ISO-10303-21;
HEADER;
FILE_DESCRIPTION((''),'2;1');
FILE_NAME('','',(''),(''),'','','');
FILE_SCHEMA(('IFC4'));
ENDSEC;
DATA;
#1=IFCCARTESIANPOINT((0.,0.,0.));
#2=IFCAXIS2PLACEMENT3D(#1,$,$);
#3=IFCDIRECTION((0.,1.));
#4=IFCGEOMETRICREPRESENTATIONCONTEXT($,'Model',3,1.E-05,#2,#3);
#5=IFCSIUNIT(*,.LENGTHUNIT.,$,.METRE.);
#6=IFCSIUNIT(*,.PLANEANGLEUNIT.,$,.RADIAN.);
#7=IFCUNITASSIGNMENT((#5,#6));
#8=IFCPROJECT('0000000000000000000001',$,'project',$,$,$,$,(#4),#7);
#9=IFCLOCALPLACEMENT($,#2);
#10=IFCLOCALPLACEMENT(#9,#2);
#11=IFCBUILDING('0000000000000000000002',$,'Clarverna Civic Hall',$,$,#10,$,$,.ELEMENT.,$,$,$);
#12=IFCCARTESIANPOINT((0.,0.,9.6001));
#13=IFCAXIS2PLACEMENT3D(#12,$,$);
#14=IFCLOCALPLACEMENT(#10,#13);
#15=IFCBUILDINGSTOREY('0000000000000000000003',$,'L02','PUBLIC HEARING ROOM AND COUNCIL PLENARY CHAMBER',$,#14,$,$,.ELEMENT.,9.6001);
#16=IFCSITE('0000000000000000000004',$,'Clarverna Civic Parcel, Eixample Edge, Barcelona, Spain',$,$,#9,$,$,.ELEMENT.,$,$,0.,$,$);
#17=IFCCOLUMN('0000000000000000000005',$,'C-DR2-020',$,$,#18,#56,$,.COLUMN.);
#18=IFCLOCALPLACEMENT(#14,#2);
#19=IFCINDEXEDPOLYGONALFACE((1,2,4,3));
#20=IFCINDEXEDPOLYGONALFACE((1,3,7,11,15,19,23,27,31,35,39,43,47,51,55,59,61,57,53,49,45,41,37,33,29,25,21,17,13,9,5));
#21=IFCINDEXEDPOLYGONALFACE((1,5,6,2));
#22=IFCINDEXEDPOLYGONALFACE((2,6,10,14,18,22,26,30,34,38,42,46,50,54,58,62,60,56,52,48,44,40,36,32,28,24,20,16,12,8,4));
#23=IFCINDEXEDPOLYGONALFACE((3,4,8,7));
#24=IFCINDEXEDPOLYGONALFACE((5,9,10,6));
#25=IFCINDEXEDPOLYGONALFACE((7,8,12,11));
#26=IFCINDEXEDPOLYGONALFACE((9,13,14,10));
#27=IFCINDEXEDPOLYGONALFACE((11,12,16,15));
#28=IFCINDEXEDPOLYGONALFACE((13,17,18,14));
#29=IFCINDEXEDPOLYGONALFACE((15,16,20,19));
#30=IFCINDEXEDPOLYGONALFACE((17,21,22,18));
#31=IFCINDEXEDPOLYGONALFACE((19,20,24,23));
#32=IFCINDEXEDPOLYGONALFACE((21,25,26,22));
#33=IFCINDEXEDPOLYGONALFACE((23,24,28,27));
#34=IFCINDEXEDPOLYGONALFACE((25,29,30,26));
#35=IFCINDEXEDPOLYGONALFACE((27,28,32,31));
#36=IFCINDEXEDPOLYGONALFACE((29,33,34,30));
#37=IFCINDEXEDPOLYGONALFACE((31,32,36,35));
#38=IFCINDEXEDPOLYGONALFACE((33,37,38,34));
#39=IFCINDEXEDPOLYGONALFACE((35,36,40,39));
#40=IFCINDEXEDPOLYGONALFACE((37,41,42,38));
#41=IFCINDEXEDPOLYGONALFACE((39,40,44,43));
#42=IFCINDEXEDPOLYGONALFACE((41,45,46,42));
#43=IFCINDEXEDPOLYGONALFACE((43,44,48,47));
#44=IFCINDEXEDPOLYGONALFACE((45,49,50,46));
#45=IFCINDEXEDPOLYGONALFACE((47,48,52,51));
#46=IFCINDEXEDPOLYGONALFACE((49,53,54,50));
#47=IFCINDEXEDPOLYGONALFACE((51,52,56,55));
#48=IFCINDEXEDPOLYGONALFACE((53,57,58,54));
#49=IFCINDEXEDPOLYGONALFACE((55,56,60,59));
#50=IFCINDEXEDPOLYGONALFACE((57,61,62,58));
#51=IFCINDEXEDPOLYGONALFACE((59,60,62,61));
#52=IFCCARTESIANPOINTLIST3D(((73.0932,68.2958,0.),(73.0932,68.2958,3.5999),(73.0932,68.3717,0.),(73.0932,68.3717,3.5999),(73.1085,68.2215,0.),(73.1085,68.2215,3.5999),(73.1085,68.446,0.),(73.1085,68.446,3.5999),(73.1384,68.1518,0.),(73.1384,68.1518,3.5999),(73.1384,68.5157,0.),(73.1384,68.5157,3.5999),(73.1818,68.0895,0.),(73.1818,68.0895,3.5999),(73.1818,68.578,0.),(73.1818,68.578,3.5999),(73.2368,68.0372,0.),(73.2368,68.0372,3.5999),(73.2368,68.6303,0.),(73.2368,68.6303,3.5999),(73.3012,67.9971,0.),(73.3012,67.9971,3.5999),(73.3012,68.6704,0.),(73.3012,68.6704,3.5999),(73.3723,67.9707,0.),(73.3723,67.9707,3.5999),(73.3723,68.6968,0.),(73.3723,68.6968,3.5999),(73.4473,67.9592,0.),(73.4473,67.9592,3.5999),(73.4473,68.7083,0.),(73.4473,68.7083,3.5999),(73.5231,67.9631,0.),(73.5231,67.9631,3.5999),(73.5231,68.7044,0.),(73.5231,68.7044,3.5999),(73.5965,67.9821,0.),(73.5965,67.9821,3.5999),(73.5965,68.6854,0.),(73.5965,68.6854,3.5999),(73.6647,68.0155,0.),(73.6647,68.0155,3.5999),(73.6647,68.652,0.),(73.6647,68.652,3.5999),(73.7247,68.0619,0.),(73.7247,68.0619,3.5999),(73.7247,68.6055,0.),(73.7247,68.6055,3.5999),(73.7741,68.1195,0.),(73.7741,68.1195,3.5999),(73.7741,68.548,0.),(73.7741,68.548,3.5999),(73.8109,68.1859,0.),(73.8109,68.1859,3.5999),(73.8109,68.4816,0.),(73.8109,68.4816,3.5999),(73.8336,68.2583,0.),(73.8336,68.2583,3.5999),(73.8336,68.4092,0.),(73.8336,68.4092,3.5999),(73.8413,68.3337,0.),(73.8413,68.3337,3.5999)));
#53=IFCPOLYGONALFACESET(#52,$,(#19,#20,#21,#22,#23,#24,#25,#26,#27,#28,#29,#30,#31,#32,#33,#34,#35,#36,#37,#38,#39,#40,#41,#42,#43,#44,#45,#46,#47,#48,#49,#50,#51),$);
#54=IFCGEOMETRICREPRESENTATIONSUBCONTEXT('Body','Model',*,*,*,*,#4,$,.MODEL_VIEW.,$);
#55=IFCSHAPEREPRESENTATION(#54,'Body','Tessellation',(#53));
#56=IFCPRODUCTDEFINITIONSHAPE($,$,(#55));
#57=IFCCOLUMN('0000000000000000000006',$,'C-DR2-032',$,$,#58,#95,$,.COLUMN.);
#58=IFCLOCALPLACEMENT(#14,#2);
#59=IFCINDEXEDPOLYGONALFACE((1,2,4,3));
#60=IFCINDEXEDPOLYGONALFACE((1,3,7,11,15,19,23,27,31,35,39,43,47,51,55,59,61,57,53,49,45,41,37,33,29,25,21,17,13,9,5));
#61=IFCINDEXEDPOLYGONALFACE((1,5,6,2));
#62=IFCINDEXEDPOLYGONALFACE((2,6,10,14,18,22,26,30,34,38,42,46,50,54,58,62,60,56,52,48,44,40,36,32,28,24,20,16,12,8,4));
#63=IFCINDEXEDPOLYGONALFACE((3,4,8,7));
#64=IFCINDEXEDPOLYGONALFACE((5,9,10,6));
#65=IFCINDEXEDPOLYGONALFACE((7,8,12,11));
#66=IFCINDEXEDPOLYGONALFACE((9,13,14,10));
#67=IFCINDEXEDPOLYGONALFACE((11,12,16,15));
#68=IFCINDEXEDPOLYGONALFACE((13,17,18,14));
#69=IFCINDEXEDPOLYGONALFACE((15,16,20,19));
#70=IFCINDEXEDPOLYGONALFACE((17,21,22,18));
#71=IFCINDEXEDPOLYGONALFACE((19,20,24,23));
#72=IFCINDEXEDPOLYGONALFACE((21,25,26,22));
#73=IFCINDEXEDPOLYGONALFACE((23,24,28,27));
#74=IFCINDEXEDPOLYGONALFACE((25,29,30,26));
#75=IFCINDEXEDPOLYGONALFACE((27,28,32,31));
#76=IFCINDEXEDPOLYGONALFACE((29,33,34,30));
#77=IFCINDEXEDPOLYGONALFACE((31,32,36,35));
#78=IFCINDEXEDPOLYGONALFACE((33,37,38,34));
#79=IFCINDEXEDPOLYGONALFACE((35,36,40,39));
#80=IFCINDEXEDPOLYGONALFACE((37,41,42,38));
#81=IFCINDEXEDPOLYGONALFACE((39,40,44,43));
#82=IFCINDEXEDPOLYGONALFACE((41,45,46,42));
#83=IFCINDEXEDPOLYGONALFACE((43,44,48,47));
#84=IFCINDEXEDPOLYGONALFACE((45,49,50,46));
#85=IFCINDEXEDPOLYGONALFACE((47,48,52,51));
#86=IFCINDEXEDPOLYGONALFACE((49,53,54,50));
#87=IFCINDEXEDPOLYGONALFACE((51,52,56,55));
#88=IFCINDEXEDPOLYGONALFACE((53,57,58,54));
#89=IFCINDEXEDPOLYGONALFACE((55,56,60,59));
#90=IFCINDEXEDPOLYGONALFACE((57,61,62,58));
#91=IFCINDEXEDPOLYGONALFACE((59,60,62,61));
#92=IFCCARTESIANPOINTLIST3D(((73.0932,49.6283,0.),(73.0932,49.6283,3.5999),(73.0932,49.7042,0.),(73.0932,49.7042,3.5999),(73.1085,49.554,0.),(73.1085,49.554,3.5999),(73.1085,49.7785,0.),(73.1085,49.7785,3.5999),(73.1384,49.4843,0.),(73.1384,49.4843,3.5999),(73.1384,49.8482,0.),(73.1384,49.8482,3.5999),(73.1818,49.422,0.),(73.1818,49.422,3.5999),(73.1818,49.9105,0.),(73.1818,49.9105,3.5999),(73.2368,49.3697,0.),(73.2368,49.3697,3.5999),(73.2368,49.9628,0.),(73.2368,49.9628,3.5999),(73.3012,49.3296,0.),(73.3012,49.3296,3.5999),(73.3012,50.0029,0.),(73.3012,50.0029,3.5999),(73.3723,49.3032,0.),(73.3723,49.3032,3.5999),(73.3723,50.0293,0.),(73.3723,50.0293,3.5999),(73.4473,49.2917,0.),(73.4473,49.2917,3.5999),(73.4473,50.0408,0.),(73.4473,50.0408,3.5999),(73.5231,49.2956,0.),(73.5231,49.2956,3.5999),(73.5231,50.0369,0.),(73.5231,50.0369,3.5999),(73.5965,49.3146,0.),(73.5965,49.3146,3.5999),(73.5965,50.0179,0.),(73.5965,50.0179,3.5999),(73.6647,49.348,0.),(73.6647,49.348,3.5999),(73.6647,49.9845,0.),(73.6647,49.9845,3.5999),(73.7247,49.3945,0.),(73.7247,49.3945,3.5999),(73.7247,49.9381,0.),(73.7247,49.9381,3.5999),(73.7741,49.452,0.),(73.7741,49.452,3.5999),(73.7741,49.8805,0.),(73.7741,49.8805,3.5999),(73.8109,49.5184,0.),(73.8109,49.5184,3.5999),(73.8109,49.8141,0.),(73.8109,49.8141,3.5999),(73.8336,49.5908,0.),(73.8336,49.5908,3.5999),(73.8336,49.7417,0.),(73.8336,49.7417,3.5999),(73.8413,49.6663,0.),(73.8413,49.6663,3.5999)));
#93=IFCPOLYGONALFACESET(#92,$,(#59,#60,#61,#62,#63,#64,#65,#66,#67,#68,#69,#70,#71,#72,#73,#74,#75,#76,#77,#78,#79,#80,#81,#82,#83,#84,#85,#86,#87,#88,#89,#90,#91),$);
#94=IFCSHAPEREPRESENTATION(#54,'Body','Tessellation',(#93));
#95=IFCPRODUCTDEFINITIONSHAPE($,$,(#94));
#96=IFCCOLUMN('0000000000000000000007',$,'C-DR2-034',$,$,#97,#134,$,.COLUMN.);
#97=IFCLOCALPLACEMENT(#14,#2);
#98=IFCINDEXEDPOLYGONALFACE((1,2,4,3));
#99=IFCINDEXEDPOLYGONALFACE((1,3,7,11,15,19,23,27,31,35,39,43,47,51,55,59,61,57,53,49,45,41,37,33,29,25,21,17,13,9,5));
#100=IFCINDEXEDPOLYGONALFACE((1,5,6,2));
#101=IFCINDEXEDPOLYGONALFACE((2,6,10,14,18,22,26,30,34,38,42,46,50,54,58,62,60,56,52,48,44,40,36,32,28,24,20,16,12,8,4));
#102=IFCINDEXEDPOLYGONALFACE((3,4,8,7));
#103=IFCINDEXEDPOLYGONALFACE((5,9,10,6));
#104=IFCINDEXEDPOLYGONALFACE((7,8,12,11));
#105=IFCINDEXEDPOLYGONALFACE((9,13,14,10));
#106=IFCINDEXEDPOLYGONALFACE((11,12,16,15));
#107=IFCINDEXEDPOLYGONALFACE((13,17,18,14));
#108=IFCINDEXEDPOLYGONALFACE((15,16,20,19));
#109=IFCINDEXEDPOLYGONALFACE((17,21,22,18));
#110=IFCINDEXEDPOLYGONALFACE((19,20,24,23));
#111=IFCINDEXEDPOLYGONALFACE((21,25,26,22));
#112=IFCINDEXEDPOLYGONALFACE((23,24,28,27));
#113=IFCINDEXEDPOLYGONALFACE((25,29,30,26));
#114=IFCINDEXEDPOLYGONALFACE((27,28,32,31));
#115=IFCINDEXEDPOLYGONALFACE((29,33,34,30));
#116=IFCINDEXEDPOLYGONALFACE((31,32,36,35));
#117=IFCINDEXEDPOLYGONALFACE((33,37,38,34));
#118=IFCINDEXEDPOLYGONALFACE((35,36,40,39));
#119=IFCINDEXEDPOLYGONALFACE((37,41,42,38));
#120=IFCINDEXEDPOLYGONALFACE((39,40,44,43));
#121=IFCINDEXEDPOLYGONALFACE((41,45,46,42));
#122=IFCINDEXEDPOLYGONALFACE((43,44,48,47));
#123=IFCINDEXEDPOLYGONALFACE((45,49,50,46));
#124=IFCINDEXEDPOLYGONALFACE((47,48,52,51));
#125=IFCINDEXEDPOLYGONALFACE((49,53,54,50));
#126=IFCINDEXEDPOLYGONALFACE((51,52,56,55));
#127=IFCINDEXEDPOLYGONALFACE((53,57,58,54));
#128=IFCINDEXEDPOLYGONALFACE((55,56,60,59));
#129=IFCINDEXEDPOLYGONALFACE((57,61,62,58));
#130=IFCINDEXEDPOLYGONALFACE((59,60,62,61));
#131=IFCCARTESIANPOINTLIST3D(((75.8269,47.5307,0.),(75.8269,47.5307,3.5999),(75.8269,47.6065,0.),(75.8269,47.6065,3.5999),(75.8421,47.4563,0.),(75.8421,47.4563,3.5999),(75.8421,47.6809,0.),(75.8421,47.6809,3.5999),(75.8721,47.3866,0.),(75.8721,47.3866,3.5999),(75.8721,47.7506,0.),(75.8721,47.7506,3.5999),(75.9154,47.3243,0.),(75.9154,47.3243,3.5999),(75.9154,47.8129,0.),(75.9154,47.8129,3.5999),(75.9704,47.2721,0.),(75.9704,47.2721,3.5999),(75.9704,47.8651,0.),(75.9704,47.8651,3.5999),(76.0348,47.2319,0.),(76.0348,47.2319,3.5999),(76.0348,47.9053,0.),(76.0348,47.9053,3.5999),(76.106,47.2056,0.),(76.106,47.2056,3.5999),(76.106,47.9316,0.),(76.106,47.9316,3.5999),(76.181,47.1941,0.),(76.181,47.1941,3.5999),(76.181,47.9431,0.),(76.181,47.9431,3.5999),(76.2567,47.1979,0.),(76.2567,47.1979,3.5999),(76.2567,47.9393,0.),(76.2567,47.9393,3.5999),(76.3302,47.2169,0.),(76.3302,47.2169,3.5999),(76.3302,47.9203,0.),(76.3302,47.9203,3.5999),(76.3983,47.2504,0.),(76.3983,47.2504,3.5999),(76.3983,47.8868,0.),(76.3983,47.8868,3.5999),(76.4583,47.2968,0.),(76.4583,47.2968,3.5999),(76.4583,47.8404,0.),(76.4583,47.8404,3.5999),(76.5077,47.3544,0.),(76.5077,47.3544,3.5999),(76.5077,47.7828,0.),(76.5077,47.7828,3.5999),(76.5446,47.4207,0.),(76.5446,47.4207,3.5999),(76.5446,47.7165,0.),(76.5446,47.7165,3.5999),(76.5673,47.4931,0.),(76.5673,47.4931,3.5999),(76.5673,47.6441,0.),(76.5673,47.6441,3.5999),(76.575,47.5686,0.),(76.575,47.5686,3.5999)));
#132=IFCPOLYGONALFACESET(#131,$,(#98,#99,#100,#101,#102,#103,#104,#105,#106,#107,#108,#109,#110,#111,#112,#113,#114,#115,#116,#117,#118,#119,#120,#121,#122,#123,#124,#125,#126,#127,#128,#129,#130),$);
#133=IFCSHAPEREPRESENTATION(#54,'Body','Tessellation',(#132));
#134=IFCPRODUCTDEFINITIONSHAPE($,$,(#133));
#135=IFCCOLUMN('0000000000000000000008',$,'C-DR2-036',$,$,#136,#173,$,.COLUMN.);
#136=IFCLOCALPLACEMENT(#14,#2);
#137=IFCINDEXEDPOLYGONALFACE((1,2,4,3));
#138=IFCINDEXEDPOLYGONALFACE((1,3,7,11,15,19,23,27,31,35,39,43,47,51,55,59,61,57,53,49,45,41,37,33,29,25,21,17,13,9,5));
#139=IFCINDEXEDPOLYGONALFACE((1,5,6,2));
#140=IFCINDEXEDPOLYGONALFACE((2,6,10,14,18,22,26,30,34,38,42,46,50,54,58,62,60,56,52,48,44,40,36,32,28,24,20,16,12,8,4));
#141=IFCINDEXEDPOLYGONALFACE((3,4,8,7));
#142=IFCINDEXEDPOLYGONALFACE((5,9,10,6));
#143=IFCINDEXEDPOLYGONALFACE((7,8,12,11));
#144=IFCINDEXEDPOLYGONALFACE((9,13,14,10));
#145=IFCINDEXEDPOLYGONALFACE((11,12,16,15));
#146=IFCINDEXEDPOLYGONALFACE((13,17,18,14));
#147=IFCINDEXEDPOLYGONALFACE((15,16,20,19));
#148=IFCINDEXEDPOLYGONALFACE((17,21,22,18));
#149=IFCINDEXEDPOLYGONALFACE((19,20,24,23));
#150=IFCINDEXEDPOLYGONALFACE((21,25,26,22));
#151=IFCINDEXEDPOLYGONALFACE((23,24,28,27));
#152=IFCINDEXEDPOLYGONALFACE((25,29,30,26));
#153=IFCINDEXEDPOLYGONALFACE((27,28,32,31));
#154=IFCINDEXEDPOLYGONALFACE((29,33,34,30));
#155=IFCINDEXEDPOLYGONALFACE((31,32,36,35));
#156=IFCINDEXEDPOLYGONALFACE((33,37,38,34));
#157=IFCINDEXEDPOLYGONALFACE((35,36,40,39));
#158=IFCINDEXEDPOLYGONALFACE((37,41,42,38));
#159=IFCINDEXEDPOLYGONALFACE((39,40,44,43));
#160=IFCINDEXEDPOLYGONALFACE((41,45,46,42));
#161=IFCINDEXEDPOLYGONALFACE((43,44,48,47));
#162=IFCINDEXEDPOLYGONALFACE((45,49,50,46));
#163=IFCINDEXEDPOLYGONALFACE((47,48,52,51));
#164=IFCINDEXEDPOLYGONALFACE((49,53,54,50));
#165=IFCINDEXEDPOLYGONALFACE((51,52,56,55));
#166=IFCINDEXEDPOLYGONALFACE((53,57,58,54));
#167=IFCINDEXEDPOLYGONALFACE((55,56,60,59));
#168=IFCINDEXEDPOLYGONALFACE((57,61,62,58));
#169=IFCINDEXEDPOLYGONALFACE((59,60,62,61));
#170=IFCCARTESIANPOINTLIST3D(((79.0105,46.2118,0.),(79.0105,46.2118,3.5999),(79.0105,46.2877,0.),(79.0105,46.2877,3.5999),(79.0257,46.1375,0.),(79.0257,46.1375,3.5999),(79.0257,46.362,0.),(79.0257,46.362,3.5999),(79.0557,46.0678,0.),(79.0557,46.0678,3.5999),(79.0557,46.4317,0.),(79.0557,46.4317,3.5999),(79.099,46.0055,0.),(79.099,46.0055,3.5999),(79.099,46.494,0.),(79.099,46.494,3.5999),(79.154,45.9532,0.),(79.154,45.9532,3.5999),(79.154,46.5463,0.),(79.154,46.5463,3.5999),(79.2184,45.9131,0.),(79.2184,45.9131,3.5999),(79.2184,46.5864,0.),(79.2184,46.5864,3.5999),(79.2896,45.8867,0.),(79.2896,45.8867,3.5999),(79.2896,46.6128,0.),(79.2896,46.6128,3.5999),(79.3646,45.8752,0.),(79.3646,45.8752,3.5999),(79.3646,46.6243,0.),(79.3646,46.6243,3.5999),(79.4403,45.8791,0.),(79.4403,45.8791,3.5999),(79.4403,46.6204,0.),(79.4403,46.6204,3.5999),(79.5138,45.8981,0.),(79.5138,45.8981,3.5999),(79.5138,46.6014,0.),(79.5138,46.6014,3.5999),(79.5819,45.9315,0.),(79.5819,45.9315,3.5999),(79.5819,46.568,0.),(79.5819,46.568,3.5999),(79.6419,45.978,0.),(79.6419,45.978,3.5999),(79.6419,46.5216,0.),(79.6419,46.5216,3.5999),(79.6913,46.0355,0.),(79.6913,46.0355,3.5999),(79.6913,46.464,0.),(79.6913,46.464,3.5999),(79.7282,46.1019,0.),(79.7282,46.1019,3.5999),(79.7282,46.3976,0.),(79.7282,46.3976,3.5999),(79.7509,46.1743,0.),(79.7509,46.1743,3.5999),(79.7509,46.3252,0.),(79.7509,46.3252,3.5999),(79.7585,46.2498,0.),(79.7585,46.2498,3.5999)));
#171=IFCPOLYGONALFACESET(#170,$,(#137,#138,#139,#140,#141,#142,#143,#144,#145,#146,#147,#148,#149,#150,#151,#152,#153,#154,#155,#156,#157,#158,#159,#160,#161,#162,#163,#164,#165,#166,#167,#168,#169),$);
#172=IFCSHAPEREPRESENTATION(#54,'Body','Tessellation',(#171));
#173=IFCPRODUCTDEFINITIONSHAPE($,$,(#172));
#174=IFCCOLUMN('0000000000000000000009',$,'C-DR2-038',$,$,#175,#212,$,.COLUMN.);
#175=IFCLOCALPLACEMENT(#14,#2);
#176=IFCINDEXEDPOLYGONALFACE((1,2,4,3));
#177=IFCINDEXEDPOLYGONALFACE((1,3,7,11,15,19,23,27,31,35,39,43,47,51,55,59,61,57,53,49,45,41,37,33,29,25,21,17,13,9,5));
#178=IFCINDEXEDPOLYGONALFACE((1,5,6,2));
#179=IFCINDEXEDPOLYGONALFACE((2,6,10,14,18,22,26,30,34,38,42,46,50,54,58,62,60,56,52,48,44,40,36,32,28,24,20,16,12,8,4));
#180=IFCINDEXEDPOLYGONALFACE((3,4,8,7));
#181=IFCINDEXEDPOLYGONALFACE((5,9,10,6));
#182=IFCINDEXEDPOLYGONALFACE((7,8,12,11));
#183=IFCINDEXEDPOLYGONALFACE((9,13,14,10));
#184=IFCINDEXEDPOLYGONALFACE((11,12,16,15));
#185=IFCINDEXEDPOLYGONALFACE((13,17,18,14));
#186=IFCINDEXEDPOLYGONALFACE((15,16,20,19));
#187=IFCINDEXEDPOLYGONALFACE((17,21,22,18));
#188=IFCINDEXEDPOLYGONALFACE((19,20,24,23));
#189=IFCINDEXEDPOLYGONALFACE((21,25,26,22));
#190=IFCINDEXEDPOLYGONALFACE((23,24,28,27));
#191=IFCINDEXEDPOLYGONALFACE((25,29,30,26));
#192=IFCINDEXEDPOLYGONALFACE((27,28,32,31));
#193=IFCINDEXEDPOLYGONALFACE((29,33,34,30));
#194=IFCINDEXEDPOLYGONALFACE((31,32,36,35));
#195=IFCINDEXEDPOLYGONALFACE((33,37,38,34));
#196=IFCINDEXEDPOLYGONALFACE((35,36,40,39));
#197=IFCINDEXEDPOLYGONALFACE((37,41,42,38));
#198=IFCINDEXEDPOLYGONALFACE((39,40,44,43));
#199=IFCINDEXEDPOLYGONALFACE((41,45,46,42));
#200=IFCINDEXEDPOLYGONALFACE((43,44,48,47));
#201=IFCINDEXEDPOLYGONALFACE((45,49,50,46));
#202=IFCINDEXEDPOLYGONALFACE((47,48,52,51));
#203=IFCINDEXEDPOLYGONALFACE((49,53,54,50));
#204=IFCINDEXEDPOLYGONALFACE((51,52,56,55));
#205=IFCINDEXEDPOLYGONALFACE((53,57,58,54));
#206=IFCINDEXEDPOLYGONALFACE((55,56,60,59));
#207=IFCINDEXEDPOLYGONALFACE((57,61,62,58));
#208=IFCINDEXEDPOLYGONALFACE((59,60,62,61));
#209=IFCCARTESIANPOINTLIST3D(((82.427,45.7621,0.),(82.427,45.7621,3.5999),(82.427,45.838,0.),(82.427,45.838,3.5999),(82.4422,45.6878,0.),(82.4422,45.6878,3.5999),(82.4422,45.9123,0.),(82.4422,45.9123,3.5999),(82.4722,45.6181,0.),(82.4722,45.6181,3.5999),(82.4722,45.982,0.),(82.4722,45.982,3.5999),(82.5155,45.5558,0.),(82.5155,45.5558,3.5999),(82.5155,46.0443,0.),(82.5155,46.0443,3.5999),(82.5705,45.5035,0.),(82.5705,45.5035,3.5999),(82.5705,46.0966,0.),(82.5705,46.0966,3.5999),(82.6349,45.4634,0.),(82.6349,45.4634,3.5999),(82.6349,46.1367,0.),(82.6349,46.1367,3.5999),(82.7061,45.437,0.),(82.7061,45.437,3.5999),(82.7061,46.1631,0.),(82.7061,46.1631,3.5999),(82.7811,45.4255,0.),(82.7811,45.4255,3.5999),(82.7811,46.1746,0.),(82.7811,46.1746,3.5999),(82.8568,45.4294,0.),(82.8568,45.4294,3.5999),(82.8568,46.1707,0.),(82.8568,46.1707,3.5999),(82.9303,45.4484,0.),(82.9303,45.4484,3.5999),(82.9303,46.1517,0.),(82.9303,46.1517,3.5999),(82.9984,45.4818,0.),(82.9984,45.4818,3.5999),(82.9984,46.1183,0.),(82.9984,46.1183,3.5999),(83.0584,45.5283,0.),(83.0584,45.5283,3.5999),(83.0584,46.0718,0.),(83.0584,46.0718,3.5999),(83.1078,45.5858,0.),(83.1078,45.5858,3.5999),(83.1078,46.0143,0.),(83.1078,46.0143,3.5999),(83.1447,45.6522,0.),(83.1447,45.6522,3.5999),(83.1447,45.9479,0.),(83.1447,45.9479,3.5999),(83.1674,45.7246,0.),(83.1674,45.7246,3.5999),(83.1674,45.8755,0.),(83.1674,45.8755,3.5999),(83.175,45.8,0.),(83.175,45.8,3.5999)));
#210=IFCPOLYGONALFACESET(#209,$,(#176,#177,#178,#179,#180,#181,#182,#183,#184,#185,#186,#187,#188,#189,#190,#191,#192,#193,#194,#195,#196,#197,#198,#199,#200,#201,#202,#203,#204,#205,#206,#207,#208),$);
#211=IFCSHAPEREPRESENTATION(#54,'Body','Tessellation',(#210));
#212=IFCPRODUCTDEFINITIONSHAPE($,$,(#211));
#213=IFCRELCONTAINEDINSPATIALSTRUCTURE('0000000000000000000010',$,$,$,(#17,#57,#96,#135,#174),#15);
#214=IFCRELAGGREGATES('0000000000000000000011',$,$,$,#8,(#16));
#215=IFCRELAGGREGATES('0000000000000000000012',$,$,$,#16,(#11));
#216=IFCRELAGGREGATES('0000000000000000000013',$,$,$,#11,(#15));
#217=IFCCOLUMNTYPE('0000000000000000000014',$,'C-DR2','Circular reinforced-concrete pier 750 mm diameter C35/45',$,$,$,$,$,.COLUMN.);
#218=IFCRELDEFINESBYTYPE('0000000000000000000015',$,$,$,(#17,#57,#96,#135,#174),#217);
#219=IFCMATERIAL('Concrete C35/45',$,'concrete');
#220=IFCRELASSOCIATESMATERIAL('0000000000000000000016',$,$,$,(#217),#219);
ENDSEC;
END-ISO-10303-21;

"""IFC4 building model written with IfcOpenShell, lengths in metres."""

from ifc_helpers import new_model, si_unit, direction, frame, origin, origin_2d, place, context, subcontext, project, spatial, circle, extrude, material, material_profile, profile_set, type_object, element, save


model = new_model("IFC4")

# Units and contexts
model_context = context("Model", 3, precision=1e-05, world=origin(), true_north=direction((0.0, 1.0)))
body_context = subcontext(model_context, "Body", "Model", "MODEL_VIEW")
ifc_project = project(units=[si_unit("LENGTHUNIT", "METRE"), si_unit("PLANEANGLEUNIT", "RADIAN")], contexts=[model_context])

# Site, building, storey
site_placement = place(None, origin())
site = spatial("IfcSite", under=ifc_project, at=site_placement, Name="Clarverna Civic Parcel, Eixample Edge, Barcelona, Spain", CompositionType="ELEMENT", RefElevation=0.0)
building_placement = place(site_placement, origin())
building = spatial("IfcBuilding", under=site, at=building_placement, Name="Clarverna Civic Hall", CompositionType="ELEMENT")
storey_placement = place(building_placement, frame((0.0, 0.0, 9.6001)))
storey = spatial("IfcBuildingStorey", under=building, at=storey_placement, Name="L02", Description="PUBLIC HEARING ROOM AND COUNCIL PLENARY CHAMBER", CompositionType="ELEMENT", Elevation=9.6001)

# Columns
ifc_material_1 = material(Name="Concrete C35/45", Category="concrete")
ifc_material_profile_1 = material_profile(ifc_material_1, circle(Radius=0.375, at=origin_2d()), Name="RC D750")
ifc_profile_set_1 = profile_set([ifc_material_profile_1], Name="Concrete C35/45")
column_type_1 = type_object("IfcColumnType", Name="C-DR2", Description="Circular reinforced-concrete pier 750 mm diameter C35/45", PredefinedType="COLUMN", material=ifc_profile_set_1)
for number, where, z_axis, x_axis, name in (
    (1, (73.4663, 68.3337, 0.0), (0.0, 0.0, 1.0), (1.0, 0.0, 0.0), "C-DR2-020"),
    (2, (73.4663, 49.6663, 0.0), (0.0, 0.0, 1.0), (1.0, 0.0, 0.0), "C-DR2-032"),
    (3, (76.2, 47.5686, 0.0), (0.0, 0.0, 1.0), (1.0, 0.0, 0.0), "C-DR2-034"),
    (4, (79.3835, 46.2498, 0.0), (0.0, 0.0, 1.0), (1.0, 0.0, 0.0), "C-DR2-036"),
    (5, (82.8, 45.8, 0.0), (0.0, 0.0, 1.0), (1.0, 0.0, 0.0), "C-DR2-038"),
):
    element("IfcColumn", number, at=place(storey_placement, frame(where, z_axis=z_axis, x_axis=x_axis)), inside=storey, type_object=column_type_1, Name=name, PredefinedType="COLUMN", context=body_context, shape_type="SweptSolid", body=[
        extrude(circle(Radius=0.375, at=origin_2d()), origin(), (0.0, 0.0, 1.0), 3.5999),
    ])

save(model, "model.ifc")
